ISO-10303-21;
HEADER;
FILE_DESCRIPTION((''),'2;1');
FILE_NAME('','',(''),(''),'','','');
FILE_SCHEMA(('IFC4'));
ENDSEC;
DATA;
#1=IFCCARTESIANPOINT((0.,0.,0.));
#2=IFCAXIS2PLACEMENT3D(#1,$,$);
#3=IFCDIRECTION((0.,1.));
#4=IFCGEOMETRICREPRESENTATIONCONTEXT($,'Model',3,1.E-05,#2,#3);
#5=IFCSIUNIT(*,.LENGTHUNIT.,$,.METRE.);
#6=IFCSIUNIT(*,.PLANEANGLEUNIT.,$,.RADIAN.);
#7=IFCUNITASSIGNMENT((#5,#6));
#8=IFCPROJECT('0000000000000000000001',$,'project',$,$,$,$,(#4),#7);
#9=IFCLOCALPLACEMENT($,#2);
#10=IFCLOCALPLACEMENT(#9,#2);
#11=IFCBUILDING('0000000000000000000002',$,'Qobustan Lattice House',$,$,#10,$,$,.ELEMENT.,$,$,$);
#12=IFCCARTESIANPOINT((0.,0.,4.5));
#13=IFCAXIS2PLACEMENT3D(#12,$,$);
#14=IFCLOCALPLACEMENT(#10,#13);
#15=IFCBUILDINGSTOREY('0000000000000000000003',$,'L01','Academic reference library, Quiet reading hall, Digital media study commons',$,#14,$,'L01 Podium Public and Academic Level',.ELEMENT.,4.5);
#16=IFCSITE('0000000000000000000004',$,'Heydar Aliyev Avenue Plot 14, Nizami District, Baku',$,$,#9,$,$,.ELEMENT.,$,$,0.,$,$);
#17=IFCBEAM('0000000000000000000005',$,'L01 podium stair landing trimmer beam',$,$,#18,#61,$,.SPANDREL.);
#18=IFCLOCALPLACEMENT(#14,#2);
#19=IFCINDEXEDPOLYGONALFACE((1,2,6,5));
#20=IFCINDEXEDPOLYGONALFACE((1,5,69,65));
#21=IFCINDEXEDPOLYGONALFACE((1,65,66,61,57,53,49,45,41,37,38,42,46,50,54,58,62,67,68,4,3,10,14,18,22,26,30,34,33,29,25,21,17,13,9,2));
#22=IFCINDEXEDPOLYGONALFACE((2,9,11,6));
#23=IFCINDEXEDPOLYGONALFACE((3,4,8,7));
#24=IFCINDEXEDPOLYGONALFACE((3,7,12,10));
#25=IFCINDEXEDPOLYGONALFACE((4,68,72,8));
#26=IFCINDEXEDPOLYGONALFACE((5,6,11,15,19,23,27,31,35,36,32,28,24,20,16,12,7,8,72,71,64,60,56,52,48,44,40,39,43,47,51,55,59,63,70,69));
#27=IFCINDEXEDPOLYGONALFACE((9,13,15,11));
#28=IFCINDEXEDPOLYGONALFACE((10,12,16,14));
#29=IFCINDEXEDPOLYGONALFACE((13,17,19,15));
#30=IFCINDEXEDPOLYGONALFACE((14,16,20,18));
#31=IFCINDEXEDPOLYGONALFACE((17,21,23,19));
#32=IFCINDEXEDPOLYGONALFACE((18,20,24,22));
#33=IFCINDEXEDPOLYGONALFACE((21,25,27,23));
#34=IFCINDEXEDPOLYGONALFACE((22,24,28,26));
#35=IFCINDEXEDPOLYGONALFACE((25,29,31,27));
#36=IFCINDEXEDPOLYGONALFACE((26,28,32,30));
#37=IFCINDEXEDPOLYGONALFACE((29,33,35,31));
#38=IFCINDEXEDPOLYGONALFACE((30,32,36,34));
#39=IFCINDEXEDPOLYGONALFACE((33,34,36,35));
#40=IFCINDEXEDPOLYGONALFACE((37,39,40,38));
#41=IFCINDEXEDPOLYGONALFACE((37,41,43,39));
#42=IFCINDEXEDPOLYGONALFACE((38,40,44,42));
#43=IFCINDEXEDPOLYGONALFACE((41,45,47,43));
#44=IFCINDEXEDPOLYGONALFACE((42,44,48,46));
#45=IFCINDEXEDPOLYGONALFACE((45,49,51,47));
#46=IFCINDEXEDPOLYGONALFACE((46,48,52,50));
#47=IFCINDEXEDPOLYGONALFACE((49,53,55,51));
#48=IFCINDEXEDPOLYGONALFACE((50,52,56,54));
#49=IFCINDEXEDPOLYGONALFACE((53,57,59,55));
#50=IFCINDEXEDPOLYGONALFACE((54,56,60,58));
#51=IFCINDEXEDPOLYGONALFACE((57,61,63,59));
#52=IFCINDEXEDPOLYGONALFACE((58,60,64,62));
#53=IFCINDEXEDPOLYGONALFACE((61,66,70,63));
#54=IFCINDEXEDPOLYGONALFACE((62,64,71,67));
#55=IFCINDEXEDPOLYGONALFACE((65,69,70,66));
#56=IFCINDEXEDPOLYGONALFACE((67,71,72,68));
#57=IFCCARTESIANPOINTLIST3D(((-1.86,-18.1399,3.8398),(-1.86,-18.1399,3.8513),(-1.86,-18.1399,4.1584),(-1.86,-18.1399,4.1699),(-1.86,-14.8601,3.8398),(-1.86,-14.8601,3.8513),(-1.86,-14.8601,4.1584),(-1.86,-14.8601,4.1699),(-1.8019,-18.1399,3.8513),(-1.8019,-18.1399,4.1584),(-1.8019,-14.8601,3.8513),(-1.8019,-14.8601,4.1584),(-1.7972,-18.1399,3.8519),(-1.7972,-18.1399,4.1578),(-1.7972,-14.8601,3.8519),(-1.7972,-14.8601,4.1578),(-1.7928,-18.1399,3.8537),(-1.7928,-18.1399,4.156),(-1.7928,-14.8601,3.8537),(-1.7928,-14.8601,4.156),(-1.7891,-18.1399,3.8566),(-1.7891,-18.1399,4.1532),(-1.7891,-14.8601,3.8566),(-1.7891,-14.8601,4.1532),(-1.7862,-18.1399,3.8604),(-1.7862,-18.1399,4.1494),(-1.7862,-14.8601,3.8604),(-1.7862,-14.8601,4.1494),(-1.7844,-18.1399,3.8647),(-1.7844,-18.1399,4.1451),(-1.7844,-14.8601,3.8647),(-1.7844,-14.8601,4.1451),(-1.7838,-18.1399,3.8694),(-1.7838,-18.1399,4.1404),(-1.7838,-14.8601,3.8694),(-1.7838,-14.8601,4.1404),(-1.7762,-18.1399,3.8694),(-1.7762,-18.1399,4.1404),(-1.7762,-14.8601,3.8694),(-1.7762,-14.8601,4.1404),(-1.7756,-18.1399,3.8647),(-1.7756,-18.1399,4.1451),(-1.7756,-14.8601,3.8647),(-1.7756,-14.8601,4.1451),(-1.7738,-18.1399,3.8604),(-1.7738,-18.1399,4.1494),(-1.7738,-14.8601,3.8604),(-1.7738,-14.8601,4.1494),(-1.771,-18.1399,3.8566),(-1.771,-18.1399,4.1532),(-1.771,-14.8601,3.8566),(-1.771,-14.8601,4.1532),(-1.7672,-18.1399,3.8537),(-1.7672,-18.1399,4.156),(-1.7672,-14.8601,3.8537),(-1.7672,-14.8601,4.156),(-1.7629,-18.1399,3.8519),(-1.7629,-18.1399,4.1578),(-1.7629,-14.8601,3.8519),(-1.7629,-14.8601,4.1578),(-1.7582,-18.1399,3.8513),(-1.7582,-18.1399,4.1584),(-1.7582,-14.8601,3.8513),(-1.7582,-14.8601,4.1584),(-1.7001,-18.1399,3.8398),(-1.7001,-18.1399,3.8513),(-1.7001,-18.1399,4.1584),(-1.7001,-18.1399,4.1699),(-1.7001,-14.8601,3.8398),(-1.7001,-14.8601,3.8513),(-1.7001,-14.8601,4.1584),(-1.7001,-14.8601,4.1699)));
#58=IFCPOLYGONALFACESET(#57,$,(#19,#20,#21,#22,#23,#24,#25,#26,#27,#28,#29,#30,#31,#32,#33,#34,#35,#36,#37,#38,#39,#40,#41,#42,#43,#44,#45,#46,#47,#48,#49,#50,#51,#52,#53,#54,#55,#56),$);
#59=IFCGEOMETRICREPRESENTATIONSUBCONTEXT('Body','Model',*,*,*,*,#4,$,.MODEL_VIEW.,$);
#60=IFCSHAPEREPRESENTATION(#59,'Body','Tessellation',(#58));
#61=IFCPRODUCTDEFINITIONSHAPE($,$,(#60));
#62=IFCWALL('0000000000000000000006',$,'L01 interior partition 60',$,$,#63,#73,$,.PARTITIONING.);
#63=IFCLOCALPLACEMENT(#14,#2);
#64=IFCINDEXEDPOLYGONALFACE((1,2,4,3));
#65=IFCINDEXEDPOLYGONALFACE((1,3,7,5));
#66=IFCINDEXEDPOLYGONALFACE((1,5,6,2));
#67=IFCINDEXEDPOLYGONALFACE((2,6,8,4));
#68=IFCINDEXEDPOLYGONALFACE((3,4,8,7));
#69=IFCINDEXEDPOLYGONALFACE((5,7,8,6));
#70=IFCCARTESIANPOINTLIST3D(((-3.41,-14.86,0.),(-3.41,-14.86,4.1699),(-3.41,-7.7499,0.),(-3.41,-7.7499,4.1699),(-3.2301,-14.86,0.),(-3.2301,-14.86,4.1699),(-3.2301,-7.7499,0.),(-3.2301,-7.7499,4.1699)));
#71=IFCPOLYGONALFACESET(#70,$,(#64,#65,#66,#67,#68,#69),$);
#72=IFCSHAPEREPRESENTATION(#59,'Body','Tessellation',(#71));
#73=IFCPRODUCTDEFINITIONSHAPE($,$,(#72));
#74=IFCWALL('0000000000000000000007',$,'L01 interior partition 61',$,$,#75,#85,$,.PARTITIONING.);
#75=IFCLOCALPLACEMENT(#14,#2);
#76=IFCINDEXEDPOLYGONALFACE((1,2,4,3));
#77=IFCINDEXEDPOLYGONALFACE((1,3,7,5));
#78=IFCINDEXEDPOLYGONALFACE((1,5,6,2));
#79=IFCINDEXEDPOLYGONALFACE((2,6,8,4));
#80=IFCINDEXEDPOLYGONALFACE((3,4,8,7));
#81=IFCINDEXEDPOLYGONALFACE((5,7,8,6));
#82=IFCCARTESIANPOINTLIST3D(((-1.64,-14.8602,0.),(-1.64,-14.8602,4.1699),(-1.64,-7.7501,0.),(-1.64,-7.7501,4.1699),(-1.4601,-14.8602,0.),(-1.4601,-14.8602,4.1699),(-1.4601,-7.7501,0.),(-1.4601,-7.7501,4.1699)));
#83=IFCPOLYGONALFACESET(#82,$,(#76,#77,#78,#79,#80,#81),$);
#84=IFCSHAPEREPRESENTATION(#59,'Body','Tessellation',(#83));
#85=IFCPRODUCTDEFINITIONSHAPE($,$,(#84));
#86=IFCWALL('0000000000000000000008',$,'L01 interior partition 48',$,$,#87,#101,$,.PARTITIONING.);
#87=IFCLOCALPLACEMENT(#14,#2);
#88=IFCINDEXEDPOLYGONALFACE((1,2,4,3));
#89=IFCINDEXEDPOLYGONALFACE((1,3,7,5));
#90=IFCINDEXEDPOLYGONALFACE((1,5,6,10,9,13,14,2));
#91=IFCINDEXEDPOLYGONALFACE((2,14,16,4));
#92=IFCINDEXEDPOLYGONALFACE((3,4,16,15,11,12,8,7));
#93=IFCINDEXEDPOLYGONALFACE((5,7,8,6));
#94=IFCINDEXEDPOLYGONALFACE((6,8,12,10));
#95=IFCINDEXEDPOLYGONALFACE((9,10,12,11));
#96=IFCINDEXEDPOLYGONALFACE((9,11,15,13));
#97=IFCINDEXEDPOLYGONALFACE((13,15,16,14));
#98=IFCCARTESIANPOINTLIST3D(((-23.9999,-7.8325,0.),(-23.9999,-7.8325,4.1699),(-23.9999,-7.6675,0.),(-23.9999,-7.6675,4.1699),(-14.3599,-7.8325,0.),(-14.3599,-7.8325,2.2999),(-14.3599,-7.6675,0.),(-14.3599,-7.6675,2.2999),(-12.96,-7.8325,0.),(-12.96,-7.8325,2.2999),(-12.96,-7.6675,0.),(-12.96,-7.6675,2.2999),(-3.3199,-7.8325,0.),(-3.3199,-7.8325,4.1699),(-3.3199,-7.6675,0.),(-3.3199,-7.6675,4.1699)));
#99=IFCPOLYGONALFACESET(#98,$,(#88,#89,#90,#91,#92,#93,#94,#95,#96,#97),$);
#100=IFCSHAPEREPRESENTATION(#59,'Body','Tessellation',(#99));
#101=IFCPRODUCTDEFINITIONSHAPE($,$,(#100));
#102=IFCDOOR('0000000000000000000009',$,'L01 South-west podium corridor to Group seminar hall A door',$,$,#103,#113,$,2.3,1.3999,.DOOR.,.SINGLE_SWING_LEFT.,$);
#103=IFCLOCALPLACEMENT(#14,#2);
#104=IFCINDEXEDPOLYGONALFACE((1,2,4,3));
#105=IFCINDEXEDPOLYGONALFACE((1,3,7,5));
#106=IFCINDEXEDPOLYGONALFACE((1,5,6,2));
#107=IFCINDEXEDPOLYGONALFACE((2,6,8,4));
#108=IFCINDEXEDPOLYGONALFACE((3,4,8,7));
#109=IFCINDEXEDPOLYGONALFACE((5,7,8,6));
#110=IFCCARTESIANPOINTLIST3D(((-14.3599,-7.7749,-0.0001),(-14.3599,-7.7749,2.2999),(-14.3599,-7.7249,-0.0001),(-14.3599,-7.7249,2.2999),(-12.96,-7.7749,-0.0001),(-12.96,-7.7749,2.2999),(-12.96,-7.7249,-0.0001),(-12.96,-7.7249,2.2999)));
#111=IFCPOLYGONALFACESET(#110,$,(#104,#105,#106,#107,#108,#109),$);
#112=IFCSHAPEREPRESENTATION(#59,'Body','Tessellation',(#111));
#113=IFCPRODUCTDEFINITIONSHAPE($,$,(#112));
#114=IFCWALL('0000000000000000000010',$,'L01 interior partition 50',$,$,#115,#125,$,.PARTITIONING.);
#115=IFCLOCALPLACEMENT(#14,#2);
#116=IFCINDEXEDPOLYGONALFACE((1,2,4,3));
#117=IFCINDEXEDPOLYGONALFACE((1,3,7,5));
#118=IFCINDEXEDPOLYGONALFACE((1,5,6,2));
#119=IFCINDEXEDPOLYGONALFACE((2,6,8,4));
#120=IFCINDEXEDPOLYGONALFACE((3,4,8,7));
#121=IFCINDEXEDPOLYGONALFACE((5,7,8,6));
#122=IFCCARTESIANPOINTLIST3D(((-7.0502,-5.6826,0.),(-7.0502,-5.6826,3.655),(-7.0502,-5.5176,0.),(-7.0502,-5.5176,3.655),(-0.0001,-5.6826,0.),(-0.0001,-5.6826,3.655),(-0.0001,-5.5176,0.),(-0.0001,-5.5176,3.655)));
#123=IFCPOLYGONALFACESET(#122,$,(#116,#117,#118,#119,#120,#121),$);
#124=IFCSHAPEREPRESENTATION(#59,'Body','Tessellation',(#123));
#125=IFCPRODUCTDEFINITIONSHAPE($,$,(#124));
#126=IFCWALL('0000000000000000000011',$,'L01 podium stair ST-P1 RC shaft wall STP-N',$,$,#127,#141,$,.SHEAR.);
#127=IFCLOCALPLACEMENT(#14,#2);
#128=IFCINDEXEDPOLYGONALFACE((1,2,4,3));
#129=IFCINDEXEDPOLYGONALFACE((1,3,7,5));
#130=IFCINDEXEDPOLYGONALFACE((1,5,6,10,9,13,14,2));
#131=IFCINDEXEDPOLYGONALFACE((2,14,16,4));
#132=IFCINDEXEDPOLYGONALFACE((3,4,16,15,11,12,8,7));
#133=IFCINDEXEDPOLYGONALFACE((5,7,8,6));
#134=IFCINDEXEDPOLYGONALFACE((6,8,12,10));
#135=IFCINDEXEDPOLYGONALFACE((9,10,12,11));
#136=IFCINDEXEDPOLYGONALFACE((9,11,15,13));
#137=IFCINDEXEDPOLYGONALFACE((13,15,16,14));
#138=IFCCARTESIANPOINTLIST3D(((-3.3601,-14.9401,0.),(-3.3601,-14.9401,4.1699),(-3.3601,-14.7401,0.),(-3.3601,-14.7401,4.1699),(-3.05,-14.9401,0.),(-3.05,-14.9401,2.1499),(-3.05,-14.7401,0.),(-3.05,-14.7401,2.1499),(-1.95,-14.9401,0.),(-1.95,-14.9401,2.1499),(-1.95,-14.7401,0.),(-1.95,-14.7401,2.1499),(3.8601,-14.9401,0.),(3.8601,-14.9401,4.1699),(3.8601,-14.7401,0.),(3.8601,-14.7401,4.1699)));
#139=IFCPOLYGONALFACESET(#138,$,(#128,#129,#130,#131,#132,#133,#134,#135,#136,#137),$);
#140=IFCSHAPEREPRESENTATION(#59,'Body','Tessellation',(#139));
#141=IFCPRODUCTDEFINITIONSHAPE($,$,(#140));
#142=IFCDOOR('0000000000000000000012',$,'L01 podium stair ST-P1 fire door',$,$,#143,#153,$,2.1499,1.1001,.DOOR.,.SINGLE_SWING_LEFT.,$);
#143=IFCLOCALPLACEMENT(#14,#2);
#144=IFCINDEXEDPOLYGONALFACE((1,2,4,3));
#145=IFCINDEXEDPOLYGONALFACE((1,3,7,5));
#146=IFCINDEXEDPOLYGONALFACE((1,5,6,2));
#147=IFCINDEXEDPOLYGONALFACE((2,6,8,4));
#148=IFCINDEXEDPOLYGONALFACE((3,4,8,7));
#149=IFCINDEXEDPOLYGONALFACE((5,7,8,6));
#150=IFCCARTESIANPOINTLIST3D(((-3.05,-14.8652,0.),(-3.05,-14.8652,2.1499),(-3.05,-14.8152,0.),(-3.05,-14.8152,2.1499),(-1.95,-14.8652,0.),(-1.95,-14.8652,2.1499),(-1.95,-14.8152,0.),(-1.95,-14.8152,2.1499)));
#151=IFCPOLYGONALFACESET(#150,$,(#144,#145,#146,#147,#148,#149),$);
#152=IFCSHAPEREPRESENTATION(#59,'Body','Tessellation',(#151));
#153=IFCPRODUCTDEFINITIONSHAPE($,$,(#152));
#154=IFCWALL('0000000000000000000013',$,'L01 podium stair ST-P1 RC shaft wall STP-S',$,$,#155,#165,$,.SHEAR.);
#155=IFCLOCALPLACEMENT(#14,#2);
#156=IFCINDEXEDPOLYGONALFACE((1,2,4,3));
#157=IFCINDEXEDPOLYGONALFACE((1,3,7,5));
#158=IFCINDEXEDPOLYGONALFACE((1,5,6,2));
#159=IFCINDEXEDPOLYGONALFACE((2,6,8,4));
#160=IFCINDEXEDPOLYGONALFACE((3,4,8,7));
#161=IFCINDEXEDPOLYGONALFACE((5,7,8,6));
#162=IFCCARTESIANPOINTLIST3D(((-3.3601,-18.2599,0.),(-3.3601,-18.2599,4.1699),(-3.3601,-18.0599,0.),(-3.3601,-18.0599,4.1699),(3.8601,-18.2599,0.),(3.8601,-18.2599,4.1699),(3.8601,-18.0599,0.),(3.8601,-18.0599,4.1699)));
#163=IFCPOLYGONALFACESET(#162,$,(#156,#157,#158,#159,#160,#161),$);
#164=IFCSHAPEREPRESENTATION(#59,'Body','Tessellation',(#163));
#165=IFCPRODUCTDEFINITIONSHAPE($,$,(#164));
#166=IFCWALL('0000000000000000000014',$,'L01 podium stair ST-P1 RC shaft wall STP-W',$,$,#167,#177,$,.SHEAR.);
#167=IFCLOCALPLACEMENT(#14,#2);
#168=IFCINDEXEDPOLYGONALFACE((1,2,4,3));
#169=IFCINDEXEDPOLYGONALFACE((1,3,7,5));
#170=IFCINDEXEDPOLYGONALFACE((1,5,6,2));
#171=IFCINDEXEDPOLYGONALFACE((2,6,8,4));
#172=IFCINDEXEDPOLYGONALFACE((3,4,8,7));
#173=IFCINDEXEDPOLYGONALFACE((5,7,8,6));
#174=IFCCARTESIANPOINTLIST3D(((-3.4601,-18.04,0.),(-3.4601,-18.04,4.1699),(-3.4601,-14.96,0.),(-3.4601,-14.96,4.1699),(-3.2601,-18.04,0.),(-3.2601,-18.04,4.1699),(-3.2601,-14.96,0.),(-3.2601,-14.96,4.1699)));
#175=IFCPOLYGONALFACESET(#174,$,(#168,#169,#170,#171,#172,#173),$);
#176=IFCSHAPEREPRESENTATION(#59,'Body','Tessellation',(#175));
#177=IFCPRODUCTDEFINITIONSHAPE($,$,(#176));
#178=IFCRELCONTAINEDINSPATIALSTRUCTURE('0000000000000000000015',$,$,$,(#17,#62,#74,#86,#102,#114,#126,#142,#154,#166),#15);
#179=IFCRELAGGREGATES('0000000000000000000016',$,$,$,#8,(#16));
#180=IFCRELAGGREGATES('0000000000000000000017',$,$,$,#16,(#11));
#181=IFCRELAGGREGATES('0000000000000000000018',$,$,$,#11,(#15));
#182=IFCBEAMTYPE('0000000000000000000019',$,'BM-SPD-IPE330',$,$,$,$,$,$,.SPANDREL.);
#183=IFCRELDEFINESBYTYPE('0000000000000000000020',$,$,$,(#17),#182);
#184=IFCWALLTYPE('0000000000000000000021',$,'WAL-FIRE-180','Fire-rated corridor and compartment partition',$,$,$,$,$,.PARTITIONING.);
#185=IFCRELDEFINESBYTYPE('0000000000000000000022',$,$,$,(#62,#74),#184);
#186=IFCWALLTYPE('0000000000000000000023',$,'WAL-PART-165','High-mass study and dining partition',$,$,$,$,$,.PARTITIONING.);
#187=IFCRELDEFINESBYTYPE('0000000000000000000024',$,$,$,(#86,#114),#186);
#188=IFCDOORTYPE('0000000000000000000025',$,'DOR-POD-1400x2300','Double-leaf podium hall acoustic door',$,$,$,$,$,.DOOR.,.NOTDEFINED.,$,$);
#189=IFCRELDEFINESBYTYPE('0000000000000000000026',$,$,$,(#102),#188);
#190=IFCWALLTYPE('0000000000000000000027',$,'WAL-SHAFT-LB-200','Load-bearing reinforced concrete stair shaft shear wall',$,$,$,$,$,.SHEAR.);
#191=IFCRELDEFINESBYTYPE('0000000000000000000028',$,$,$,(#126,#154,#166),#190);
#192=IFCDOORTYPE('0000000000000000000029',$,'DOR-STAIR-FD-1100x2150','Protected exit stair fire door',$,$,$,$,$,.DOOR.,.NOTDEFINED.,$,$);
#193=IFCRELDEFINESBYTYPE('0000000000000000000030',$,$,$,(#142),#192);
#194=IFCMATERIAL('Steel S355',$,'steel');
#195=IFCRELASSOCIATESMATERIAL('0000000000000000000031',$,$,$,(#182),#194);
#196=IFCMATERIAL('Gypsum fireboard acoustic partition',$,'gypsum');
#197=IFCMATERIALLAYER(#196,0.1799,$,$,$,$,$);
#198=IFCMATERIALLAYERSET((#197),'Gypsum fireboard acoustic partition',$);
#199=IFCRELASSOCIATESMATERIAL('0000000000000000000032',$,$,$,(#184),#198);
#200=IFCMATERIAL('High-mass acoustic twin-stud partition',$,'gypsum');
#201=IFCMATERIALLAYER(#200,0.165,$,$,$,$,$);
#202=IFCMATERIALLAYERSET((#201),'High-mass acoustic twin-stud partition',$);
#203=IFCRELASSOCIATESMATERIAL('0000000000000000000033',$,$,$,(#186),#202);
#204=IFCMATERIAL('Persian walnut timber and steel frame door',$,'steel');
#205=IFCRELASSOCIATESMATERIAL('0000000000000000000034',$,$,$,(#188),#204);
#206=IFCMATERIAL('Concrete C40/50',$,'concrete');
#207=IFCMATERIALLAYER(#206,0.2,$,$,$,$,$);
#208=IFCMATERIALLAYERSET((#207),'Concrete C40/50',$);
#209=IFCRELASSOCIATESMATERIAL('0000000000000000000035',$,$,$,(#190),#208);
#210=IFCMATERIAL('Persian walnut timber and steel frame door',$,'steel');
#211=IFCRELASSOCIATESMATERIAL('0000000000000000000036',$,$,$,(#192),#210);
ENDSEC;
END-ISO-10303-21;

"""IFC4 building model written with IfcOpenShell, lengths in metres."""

from ifc_helpers import new_model, si_unit, direction, frame, frame_2d, origin, origin_2d, place, context, subcontext, project, spatial, rectangle, i_section, extrude, material, layer, layer_set, material_profile, profile_set, type_object, element, fill, save


model = new_model("IFC4")

# Units and contexts
model_context = context("Model", 3, precision=1e-05, world=origin(), true_north=direction((0.0, 1.0)))
body_context = subcontext(model_context, "Body", "Model", "MODEL_VIEW")
ifc_project = project(units=[si_unit("LENGTHUNIT", "METRE"), si_unit("PLANEANGLEUNIT", "RADIAN")], contexts=[model_context])

# Site, building, storey
site_placement = place(None, origin())
site = spatial("IfcSite", under=ifc_project, at=site_placement, Name="Heydar Aliyev Avenue Plot 14, Nizami District, Baku", CompositionType="ELEMENT", RefElevation=0.0)
building_placement = place(site_placement, origin())
building = spatial("IfcBuilding", under=site, at=building_placement, Name="Qobustan Lattice House", CompositionType="ELEMENT")
storey_placement = place(building_placement, frame((0.0, 0.0, 4.5)))
storey = spatial("IfcBuildingStorey", under=building, at=storey_placement, Name="L01", Description="Academic reference library, Quiet reading hall, Digital media study commons", LongName="L01 Podium Public and Academic Level", CompositionType="ELEMENT", Elevation=4.5)

# Beam
ifc_material_1 = material(Name="Steel S355", Category="steel")
ifc_material_profile_1 = material_profile(ifc_material_1, i_section(OverallWidth=0.1599, OverallDepth=0.3301, WebThickness=0.0076, FlangeThickness=0.0115, FilletRadius=0.0181, at=origin_2d()), Name="IPE330")
ifc_profile_set_1 = profile_set([ifc_material_profile_1], Name="Steel S355")
beam_type_1 = type_object("IfcBeamType", Name="BM-SPD-IPE330", PredefinedType="SPANDREL", material=ifc_profile_set_1)
beam_1_placement = place(storey_placement, frame((-1.78, -18.1399, 4.0049), z_axis=(0.0, 1.0, 0.0), x_axis=(-1.0, 0.0, 0.0)))
element("IfcBeam", 1, at=beam_1_placement, inside=storey, type_object=beam_type_1, Name="L01 podium stair landing trimmer beam", PredefinedType="SPANDREL", context=body_context, shape_type="SweptSolid", body=[
    extrude(i_section(OverallWidth=0.1599, OverallDepth=0.3301, WebThickness=0.0076, FlangeThickness=0.0115, FilletRadius=0.0181, at=origin_2d()), origin(), (0.0, 0.0, 1.0), 3.2798),
])

# Walls
ifc_material_2 = material(Name="Gypsum fireboard acoustic partition", Category="gypsum")
ifc_layer_1 = layer(ifc_material_2, 0.1799)
ifc_layer_set_1 = layer_set([ifc_layer_1], Name="Gypsum fireboard acoustic partition")
wall_type_1 = type_object("IfcWallType", Name="WAL-FIRE-180", Description="Fire-rated corridor and compartment partition", PredefinedType="PARTITIONING", material=ifc_layer_set_1)
for number, where, z_axis, x_axis, name in (
    (2, (-3.3201, -14.8601, 0.0), (0.0, 0.0, 1.0), (0.0, 1.0, 0.0), "L01 interior partition 60"),
    (3, (-1.55, -7.75, 0.0), (0.0, 0.0, 1.0), (0.0, -1.0, 0.0), "L01 interior partition 61"),
):
    element("IfcWall", number, at=place(storey_placement, frame(where, z_axis=z_axis, x_axis=x_axis)), inside=storey, type_object=wall_type_1, Name=name, PredefinedType="PARTITIONING", context=body_context, shape_type="SweptSolid", body=[
        extrude(rectangle(XDim=7.1101, YDim=0.1799, at=frame_2d((3.5552, 0.0))), origin(), (0.0, 0.0, 1.0), 4.1699),
    ])

# Wall, opening, door
ifc_material_3 = material(Name="High-mass acoustic twin-stud partition", Category="gypsum")
ifc_layer_2 = layer(ifc_material_3, 0.165)
ifc_layer_set_2 = layer_set([ifc_layer_2], Name="High-mass acoustic twin-stud partition")
wall_type_2 = type_object("IfcWallType", Name="WAL-PART-165", Description="High-mass study and dining partition", PredefinedType="PARTITIONING", material=ifc_layer_set_2)
wall_1_placement = place(storey_placement, frame((-3.3201, -7.75, 0.0), z_axis=(0.0, 0.0, 1.0), x_axis=(-1.0, 0.0, 0.0)))
wall_1 = element("IfcWall", 4, at=wall_1_placement, inside=storey, type_object=wall_type_2, Name="L01 interior partition 48", PredefinedType="PARTITIONING", context=body_context, shape_type="SweptSolid", body=[
    extrude(rectangle(XDim=20.6799, YDim=0.165, at=frame_2d((10.3398, 0.0))), origin(), (0.0, 0.0, 1.0), 4.1699),
])
opening_1_placement = place(wall_1_placement, frame((9.6399, 0.0, 0.0)))
opening_1 = element("IfcOpeningElement", 5, at=opening_1_placement, cuts=wall_1, PredefinedType="OPENING", context=body_context, shape_type="SweptSolid", body=[
    extrude(rectangle(XDim=1.3999, YDim=2.3, at=frame_2d((0.7, 1.1499))), frame((0.0, 0.0925, 0.0), z_axis=(0.0, -1.0, 0.0), x_axis=(1.0, 0.0, 0.0)), (0.0, 0.0, 1.0), 0.1851),
])
ifc_material_4 = material(Name="Persian walnut timber and steel frame door", Category="steel")
door_type_1 = type_object("IfcDoorType", Name="DOR-POD-1400x2300", Description="Double-leaf podium hall acoustic door", OperationType="NOTDEFINED", PredefinedType="DOOR", material=ifc_material_4)
door_1_placement = place(opening_1_placement, origin())
door_1 = element("IfcDoor", 6, at=door_1_placement, inside=storey, type_object=door_type_1, Name="L01 South-west podium corridor to Group seminar hall A door", OperationType="SINGLE_SWING_LEFT", OverallHeight=2.3, OverallWidth=1.3999, PredefinedType="DOOR", context=body_context, shape_type="SweptSolid", body=[
    extrude(rectangle(XDim=1.3999, YDim=2.3, at=frame_2d((0.7, 1.1499))), frame((0.0, 0.0249, 0.0), z_axis=(0.0, -1.0, 0.0), x_axis=(1.0, 0.0, 0.0)), (0.0, 0.0, 1.0), 0.05),
])
fill(opening_1, door_1)

# Wall
wall_2_placement = place(storey_placement, frame((-7.05, -5.6001, 0.0), z_axis=(0.0, 0.0, 1.0), x_axis=(1.0, 0.0, 0.0)))
element("IfcWall", 7, at=wall_2_placement, inside=storey, type_object=wall_type_2, Name="L01 interior partition 50", PredefinedType="PARTITIONING", context=body_context, shape_type="SweptSolid", body=[
    extrude(rectangle(XDim=7.05, YDim=0.165, at=frame_2d((3.5249, 0.0))), origin(), (0.0, 0.0, 1.0), 3.655),
])

# Wall, opening, door
ifc_material_5 = material(Name="Concrete C40/50", Category="concrete")
ifc_layer_3 = layer(ifc_material_5, 0.2)
ifc_layer_set_3 = layer_set([ifc_layer_3], Name="Concrete C40/50")
wall_type_3 = type_object("IfcWallType", Name="WAL-SHAFT-LB-200", Description="Load-bearing reinforced concrete stair shaft shear wall", PredefinedType="SHEAR", material=ifc_layer_set_3)
wall_3_placement = place(storey_placement, frame((-3.3601, -14.8401, 0.0), z_axis=(0.0, 0.0, 1.0), x_axis=(1.0, 0.0, 0.0)))
wall_3 = element("IfcWall", 8, at=wall_3_placement, inside=storey, type_object=wall_type_3, Name="L01 podium stair ST-P1 RC shaft wall STP-N", PredefinedType="SHEAR", context=body_context, shape_type="SweptSolid", body=[
    extrude(rectangle(XDim=7.2202, YDim=0.2, at=frame_2d((3.6101, 0.0))), origin(), (0.0, 0.0, 1.0), 4.1699),
])
opening_2_placement = place(wall_3_placement, frame((0.3101, 0.0, 0.0)))
opening_2 = element("IfcOpeningElement", 9, at=opening_2_placement, cuts=wall_3, PredefinedType="OPENING", context=body_context, shape_type="SweptSolid", body=[
    extrude(rectangle(XDim=1.1001, YDim=2.1499, at=frame_2d((0.55, 1.075))), frame((0.0, 0.1099, 0.0), z_axis=(0.0, -1.0, 0.0), x_axis=(1.0, 0.0, 0.0)), (0.0, 0.0, 1.0), 0.22),
])
ifc_material_6 = material(Name="Persian walnut timber and steel frame door", Category="steel")
door_type_2 = type_object("IfcDoorType", Name="DOR-STAIR-FD-1100x2150", Description="Protected exit stair fire door", OperationType="NOTDEFINED", PredefinedType="DOOR", material=ifc_material_6)
door_2_placement = place(opening_2_placement, origin())
door_2 = element("IfcDoor", 10, at=door_2_placement, inside=storey, type_object=door_type_2, Name="L01 podium stair ST-P1 fire door", OperationType="SINGLE_SWING_LEFT", OverallHeight=2.1499, OverallWidth=1.1001, PredefinedType="DOOR", context=body_context, shape_type="SweptSolid", body=[
    extrude(rectangle(XDim=1.1001, YDim=2.1499, at=frame_2d((0.55, 1.075))), frame((0.0, 0.0249, 0.0), z_axis=(0.0, -1.0, 0.0), x_axis=(1.0, 0.0, 0.0)), (0.0, 0.0, 1.0), 0.05),
])
fill(opening_2, door_2)

# Walls
wall_4_placement = place(storey_placement, frame((-3.3601, -18.1599, 0.0), z_axis=(0.0, 0.0, 1.0), x_axis=(1.0, 0.0, 0.0)))
element("IfcWall", 11, at=wall_4_placement, inside=storey, type_object=wall_type_3, Name="L01 podium stair ST-P1 RC shaft wall STP-S", PredefinedType="SHEAR", context=body_context, shape_type="SweptSolid", body=[
    extrude(rectangle(XDim=7.2202, YDim=0.2, at=frame_2d((3.6101, 0.0))), origin(), (0.0, 0.0, 1.0), 4.1699),
])
wall_5_placement = place(storey_placement, frame((-3.3601, -18.04, 0.0), z_axis=(0.0, 0.0, 1.0), x_axis=(0.0, 1.0, 0.0)))
element("IfcWall", 12, at=wall_5_placement, inside=storey, type_object=wall_type_3, Name="L01 podium stair ST-P1 RC shaft wall STP-W", PredefinedType="SHEAR", context=body_context, shape_type="SweptSolid", body=[
    extrude(rectangle(XDim=3.0801, YDim=0.2, at=frame_2d((1.54, 0.0))), origin(), (0.0, 0.0, 1.0), 4.1699),
])

save(model, "model.ifc")
